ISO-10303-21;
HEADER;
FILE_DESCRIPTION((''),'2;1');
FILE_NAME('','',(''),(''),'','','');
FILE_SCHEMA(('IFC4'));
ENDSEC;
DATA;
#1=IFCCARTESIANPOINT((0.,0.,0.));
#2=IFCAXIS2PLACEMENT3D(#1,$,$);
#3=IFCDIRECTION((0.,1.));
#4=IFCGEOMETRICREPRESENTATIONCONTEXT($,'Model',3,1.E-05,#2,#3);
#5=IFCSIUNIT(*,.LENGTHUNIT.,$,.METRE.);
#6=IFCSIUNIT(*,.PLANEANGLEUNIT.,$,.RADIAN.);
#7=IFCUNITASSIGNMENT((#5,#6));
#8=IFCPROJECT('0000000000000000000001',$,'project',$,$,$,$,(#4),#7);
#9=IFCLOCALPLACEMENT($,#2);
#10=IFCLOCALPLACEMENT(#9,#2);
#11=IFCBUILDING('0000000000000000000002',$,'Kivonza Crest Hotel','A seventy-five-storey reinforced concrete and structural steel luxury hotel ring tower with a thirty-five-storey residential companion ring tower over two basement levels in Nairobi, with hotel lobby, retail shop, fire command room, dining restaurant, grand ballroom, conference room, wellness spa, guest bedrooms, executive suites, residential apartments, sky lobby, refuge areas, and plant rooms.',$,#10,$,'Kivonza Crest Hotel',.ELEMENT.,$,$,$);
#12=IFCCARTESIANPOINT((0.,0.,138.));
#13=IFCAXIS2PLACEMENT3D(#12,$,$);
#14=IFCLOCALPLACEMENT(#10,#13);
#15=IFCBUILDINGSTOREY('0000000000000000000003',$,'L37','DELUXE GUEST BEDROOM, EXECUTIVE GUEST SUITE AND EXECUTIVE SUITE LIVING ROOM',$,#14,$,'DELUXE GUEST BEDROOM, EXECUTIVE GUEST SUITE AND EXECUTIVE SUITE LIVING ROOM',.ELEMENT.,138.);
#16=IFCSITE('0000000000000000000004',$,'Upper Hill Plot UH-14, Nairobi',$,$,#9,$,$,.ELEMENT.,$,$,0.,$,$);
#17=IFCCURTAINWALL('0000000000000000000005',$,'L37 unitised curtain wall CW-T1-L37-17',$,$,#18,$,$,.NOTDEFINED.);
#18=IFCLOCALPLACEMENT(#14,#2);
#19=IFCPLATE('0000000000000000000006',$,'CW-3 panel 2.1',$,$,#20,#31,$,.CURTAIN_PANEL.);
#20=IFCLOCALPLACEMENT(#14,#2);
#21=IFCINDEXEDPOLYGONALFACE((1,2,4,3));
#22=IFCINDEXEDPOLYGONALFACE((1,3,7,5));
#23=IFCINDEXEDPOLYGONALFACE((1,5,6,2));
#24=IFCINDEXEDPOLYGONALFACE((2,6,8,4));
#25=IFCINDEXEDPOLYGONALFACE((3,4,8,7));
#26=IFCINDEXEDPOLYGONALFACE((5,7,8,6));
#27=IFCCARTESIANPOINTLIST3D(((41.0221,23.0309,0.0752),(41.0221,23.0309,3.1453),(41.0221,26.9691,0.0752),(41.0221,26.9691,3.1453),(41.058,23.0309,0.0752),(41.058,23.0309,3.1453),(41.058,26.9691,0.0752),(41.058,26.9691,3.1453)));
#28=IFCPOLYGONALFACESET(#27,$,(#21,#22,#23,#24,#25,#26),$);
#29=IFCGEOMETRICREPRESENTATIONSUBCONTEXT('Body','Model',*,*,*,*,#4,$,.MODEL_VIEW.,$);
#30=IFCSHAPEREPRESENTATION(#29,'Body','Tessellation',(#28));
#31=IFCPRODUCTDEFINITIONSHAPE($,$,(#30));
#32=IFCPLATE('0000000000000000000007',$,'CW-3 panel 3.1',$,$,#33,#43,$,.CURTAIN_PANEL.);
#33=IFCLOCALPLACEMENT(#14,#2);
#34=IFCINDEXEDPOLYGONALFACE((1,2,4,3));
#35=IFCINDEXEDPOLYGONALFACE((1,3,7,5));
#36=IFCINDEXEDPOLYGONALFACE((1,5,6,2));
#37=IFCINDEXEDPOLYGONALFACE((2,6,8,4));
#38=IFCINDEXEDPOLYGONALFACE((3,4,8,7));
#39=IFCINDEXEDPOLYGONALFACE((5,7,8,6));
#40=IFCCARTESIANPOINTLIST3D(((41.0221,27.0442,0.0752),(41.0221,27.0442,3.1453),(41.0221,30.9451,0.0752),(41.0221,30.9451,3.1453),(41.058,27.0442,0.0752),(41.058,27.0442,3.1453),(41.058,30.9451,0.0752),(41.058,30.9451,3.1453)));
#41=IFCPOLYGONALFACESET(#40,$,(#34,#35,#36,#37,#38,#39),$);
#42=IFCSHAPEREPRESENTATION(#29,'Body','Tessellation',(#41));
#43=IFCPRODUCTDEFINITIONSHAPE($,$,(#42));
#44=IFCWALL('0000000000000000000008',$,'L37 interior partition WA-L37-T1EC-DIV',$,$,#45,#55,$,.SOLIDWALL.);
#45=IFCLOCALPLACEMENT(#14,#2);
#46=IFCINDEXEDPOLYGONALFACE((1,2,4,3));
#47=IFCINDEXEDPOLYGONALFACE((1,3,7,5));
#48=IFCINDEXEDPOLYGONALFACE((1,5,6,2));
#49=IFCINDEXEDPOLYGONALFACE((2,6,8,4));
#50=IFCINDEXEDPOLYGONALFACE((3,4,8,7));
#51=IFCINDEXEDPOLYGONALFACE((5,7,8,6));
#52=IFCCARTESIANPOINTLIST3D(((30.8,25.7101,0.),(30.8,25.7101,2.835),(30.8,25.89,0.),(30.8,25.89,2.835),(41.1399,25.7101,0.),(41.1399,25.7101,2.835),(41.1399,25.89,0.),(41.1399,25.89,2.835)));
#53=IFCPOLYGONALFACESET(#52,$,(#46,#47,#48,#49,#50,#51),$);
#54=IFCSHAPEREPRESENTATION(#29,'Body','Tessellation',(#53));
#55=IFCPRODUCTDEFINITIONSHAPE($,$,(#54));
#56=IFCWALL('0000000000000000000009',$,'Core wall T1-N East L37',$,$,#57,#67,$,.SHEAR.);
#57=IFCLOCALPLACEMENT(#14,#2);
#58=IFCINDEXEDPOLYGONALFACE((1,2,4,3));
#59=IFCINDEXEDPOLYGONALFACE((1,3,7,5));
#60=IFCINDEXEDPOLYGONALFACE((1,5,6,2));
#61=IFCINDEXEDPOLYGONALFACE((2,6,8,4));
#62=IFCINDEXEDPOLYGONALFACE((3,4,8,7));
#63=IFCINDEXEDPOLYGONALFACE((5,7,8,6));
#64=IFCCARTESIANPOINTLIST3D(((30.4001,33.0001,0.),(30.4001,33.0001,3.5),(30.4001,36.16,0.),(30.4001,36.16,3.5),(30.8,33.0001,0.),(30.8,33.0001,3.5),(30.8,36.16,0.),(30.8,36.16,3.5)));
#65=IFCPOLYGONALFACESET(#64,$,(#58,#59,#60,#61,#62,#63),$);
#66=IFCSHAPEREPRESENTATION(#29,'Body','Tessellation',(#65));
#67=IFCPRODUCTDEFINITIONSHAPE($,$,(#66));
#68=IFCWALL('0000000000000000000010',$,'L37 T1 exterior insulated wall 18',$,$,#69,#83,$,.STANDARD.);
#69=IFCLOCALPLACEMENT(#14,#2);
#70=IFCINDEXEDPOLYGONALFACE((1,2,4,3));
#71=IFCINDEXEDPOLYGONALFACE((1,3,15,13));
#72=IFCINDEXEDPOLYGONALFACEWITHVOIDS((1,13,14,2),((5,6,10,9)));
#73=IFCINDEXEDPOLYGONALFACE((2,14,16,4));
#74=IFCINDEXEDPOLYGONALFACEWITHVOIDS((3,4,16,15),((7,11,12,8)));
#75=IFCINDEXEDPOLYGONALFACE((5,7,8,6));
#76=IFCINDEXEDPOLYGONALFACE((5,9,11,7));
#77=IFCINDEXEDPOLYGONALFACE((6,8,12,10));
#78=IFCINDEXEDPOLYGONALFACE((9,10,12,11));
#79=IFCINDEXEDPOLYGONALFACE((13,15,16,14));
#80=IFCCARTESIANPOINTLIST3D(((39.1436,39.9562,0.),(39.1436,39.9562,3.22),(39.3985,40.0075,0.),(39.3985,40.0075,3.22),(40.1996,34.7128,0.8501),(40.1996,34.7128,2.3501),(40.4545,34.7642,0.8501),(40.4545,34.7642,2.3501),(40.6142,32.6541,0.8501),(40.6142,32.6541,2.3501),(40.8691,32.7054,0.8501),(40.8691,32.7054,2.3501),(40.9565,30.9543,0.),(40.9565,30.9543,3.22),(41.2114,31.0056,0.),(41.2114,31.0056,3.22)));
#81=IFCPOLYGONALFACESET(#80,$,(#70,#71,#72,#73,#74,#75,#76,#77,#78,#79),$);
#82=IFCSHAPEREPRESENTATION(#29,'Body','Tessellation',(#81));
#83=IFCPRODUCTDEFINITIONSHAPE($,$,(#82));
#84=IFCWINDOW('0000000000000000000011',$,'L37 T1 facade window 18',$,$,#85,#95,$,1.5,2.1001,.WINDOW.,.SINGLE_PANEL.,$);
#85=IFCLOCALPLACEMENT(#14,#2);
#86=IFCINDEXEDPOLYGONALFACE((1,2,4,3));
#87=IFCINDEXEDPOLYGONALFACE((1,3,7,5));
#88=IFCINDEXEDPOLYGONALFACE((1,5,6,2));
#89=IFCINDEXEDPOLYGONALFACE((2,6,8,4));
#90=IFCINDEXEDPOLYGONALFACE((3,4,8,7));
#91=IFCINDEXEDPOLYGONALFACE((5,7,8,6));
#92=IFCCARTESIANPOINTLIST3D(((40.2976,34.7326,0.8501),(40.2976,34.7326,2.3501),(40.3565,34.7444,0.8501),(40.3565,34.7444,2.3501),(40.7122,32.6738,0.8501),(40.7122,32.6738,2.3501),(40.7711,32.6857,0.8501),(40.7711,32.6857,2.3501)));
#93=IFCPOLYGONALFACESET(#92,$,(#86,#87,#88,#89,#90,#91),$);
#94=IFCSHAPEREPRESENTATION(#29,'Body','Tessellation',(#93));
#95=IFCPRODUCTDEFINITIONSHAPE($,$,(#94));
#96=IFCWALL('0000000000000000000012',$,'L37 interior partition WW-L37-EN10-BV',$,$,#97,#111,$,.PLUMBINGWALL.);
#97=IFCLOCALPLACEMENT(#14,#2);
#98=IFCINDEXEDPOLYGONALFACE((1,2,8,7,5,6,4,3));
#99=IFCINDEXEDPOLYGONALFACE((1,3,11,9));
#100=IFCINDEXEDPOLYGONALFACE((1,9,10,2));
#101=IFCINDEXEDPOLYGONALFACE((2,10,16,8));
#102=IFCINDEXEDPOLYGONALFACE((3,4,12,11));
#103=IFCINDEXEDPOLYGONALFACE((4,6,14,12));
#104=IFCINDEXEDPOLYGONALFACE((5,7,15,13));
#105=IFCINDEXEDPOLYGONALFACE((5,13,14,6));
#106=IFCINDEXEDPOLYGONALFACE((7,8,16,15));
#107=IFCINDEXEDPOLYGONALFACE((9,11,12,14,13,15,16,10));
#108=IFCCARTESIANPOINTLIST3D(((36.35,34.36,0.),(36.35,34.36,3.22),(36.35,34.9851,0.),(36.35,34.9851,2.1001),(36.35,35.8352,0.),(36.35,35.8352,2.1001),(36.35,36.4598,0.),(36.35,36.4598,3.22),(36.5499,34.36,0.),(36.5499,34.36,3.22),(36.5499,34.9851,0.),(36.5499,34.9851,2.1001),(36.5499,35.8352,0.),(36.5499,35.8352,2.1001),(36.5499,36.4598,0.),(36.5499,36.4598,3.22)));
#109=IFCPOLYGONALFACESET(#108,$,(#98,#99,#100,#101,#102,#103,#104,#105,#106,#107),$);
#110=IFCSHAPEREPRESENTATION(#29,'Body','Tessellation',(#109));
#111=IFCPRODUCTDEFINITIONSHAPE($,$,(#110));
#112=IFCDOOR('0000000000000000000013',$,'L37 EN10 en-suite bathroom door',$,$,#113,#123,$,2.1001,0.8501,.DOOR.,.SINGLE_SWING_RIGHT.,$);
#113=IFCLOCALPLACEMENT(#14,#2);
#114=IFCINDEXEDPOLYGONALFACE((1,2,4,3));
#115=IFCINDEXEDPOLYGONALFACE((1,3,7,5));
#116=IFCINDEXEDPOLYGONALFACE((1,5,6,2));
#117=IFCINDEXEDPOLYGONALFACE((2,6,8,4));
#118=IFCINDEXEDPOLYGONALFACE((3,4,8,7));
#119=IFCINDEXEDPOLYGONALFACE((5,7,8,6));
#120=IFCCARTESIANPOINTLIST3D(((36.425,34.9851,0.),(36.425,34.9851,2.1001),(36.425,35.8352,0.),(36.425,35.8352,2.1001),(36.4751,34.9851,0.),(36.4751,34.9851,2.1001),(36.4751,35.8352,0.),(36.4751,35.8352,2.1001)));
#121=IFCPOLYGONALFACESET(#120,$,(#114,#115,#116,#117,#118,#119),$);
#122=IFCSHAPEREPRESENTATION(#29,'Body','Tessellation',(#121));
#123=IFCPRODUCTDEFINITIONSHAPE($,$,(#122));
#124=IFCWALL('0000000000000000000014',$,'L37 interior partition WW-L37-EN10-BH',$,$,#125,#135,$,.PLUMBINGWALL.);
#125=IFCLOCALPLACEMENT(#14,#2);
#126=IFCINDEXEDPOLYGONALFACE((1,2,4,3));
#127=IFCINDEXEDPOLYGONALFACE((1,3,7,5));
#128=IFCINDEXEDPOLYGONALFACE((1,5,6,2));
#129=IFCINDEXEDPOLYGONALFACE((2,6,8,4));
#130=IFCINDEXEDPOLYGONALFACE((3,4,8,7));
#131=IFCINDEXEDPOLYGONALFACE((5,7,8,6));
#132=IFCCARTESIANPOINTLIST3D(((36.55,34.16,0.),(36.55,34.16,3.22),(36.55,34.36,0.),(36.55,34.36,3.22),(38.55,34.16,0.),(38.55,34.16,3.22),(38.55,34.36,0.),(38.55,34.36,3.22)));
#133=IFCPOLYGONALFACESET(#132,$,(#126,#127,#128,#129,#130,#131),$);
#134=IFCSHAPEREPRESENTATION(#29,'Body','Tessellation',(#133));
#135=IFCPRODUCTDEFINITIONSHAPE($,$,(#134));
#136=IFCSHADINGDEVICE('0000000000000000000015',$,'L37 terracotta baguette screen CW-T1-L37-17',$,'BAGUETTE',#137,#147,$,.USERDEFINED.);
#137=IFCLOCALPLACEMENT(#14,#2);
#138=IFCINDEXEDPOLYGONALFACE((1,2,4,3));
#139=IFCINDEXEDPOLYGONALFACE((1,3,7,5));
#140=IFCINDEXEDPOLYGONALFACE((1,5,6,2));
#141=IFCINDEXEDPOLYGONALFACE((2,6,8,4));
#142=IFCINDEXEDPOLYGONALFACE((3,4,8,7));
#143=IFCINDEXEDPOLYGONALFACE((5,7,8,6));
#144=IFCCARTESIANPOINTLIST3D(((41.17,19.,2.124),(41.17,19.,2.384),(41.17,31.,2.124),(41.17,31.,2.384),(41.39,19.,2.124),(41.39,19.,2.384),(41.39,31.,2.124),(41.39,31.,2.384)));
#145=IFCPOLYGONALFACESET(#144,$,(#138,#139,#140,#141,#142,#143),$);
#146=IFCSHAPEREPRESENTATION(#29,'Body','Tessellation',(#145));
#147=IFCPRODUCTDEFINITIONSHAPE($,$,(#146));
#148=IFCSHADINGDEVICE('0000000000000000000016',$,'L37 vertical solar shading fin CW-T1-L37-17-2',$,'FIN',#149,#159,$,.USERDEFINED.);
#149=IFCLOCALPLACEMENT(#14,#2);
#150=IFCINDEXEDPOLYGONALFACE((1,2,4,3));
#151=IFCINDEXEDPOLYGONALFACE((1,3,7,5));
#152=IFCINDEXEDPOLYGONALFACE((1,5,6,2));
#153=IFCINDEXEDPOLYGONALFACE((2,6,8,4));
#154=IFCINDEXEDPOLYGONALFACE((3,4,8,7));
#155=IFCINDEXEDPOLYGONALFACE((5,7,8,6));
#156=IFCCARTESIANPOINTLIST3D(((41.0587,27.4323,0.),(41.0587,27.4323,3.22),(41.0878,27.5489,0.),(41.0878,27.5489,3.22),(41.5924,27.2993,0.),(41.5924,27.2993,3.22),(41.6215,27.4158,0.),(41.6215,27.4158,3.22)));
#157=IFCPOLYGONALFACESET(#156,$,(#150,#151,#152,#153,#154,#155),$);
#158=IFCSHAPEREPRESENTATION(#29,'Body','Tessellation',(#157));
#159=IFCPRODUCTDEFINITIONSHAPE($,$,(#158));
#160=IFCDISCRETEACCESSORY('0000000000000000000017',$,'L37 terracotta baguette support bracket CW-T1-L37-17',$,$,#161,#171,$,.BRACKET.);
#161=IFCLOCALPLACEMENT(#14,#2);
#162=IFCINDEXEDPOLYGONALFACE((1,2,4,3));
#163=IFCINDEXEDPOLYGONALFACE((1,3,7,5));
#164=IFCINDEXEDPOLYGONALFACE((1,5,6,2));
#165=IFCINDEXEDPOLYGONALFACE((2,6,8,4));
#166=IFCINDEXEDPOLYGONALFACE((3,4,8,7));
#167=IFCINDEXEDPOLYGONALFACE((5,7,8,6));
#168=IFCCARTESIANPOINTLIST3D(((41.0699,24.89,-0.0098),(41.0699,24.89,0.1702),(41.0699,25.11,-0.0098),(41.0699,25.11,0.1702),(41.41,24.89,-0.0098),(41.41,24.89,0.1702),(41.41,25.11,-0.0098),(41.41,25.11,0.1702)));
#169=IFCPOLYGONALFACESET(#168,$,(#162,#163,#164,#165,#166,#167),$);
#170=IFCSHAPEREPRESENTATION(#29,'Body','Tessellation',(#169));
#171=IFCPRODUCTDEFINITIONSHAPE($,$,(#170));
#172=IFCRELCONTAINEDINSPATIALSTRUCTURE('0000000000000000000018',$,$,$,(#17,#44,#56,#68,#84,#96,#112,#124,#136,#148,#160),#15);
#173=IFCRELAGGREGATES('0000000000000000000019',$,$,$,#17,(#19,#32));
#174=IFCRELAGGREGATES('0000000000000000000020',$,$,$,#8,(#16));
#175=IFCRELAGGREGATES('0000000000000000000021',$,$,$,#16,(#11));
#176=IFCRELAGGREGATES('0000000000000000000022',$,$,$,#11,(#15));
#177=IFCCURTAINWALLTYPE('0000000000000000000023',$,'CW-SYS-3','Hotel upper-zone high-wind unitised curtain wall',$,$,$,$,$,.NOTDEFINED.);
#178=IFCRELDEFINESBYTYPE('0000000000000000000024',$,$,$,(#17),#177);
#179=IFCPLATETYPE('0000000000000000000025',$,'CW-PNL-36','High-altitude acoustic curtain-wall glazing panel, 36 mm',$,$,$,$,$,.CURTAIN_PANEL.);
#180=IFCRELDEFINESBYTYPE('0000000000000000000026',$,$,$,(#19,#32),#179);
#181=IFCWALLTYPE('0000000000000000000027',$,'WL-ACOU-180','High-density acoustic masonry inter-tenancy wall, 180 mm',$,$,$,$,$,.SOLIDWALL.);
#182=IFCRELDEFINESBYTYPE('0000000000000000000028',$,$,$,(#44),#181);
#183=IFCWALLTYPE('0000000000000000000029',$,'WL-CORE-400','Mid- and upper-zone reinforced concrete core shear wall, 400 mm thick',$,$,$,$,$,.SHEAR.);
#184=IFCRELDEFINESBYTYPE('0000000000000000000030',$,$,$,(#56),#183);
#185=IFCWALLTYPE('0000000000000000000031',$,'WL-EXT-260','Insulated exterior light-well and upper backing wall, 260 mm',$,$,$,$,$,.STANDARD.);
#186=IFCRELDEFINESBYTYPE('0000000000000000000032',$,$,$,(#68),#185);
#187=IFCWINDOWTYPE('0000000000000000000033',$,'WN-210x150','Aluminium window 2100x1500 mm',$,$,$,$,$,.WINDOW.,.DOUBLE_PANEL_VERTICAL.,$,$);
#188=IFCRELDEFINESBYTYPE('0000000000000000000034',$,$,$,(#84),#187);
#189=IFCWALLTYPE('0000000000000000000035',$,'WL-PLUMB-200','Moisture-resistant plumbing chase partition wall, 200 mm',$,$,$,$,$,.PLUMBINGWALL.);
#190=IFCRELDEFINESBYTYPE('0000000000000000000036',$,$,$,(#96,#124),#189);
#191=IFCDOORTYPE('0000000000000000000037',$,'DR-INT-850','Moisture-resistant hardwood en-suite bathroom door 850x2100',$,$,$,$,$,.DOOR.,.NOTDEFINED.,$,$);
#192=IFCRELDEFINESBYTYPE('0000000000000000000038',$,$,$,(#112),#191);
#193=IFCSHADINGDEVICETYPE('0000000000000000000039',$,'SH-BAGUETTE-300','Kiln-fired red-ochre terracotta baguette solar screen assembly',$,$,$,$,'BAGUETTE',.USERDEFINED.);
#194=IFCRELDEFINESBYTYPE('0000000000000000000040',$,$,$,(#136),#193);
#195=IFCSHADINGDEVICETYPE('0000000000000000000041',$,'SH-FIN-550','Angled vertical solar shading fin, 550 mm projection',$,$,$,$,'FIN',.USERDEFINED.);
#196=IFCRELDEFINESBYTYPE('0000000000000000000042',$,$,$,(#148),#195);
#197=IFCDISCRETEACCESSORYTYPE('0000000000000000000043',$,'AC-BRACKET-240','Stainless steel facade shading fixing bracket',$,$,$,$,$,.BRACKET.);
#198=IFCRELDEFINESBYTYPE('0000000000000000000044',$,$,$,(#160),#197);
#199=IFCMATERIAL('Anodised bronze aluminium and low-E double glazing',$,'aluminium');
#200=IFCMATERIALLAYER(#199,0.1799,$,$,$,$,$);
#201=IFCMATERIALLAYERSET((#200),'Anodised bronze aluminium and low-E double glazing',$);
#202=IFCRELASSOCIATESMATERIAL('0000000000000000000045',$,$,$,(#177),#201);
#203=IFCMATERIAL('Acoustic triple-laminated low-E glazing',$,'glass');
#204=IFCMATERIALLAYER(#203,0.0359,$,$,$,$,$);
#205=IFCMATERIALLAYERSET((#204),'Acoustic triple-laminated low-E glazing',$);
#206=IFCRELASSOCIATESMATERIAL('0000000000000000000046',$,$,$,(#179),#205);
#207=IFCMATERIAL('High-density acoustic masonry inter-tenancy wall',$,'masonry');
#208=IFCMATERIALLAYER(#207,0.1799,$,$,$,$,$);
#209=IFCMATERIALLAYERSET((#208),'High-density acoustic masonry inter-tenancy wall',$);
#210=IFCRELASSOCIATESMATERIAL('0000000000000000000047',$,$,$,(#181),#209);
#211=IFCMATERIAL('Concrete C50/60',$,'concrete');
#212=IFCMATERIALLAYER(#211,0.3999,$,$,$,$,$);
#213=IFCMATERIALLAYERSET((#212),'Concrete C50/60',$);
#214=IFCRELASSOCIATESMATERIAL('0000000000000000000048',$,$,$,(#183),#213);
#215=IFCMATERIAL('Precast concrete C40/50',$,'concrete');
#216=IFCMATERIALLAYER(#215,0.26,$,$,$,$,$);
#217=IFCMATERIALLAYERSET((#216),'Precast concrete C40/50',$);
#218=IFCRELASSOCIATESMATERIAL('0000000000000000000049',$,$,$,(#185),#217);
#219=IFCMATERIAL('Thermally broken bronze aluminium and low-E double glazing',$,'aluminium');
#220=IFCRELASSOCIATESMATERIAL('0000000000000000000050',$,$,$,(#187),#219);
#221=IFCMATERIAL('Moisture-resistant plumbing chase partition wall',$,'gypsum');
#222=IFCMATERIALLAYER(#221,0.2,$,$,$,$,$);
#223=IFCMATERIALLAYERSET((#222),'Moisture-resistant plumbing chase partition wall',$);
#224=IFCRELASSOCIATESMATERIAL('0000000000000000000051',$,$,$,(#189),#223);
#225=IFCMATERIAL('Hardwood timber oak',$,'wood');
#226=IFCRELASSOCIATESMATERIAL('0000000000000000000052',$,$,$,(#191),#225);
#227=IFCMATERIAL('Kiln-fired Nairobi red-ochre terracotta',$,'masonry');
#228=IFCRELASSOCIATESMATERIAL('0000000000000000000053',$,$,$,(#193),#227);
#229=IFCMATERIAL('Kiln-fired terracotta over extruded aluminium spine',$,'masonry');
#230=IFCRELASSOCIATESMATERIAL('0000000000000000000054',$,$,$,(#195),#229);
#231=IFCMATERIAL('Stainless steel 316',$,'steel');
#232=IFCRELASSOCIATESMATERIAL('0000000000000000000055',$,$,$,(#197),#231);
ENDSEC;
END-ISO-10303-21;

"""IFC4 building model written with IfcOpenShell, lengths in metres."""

from ifc_helpers import new_model, si_unit, direction, frame, frame_2d, origin, origin_2d, place, context, subcontext, project, spatial, rectangle, extrude, material, layer, layer_set, type_object, element, fill, aggregate, save


model = new_model("IFC4")

# Units and contexts
model_context = context("Model", 3, precision=1e-05, world=origin(), true_north=direction((0.0, 1.0)))
body_context = subcontext(model_context, "Body", "Model", "MODEL_VIEW")
ifc_project = project(units=[si_unit("LENGTHUNIT", "METRE"), si_unit("PLANEANGLEUNIT", "RADIAN")], contexts=[model_context])

# Site, building, storey
site_placement = place(None, origin())
site = spatial("IfcSite", under=ifc_project, at=site_placement, Name="Upper Hill Plot UH-14, Nairobi", CompositionType="ELEMENT", RefElevation=0.0)
building_placement = place(site_placement, origin())
building = spatial("IfcBuilding", under=site, at=building_placement, Name="Kivonza Crest Hotel", Description="A seventy-five-storey reinforced concrete and structural steel luxury hotel ring tower with a thirty-five-storey residential companion ring tower over two basement levels in Nairobi, with hotel lobby, retail shop, fire command room, dining restaurant, grand ballroom, conference room, wellness spa, guest bedrooms, executive suites, residential apartments, sky lobby, refuge areas, and plant rooms.", LongName="Kivonza Crest Hotel", CompositionType="ELEMENT")
storey_placement = place(building_placement, frame((0.0, 0.0, 138.0)))
storey = spatial("IfcBuildingStorey", under=building, at=storey_placement, Name="L37", Description="DELUXE GUEST BEDROOM, EXECUTIVE GUEST SUITE AND EXECUTIVE SUITE LIVING ROOM", LongName="DELUXE GUEST BEDROOM, EXECUTIVE GUEST SUITE AND EXECUTIVE SUITE LIVING ROOM", CompositionType="ELEMENT", Elevation=138.0)

# Shared definitions
ifc_material_1 = material(Name="Concrete C50/60", Category="concrete")

# Curtain wall, plates
ifc_material_2 = material(Name="Anodised bronze aluminium and low-E double glazing", Category="aluminium")
ifc_layer_1 = layer(ifc_material_2, 0.1799)
ifc_layer_set_1 = layer_set([ifc_layer_1], Name="Anodised bronze aluminium and low-E double glazing")
curtain_wall_type = type_object("IfcCurtainWallType", Name="CW-SYS-3", Description="Hotel upper-zone high-wind unitised curtain wall", PredefinedType="NOTDEFINED", material=ifc_layer_set_1)
curtain_wall_placement = place(storey_placement, origin())
curtain_wall = element("IfcCurtainWall", 1, at=curtain_wall_placement, inside=storey, type_object=curtain_wall_type, Name="L37 unitised curtain wall CW-T1-L37-17", PredefinedType="NOTDEFINED")
ifc_material_3 = material(Name="Acoustic triple-laminated low-E glazing", Category="glass")
ifc_layer_2 = layer(ifc_material_3, 0.0359)
ifc_layer_set_2 = layer_set([ifc_layer_2], Name="Acoustic triple-laminated low-E glazing")
plate_type = type_object("IfcPlateType", Name="CW-PNL-36", Description="High-altitude acoustic curtain-wall glazing panel, 36 mm", PredefinedType="CURTAIN_PANEL", material=ifc_layer_set_2)
plate_1_placement = place(storey_placement, frame((41.04, 25.0, 0.0752), z_axis=(0.0, 0.0, 1.0), x_axis=(0.0, 1.0, 0.0)))
plate_1 = element("IfcPlate", 2, at=plate_1_placement, type_object=plate_type, Name="CW-3 panel 2.1", PredefinedType="CURTAIN_PANEL", context=body_context, shape_type="SweptSolid", body=[
    extrude(rectangle(XDim=3.9382, YDim=0.0359, at=origin_2d()), origin(), (0.0, 0.0, 1.0), 3.0701),
])
plate_2_placement = place(storey_placement, frame((41.04, 28.9946, 0.0752), z_axis=(0.0, 0.0, 1.0), x_axis=(0.0, 1.0, 0.0)))
plate_2 = element("IfcPlate", 3, at=plate_2_placement, type_object=plate_type, Name="CW-3 panel 3.1", PredefinedType="CURTAIN_PANEL", context=body_context, shape_type="SweptSolid", body=[
    extrude(rectangle(XDim=3.9009, YDim=0.0359, at=origin_2d()), origin(), (0.0, 0.0, 1.0), 3.0701),
])
aggregate(curtain_wall, [plate_1, plate_2])

# Walls
ifc_material_4 = material(Name="High-density acoustic masonry inter-tenancy wall", Category="masonry")
ifc_layer_3 = layer(ifc_material_4, 0.1799)
ifc_layer_set_3 = layer_set([ifc_layer_3], Name="High-density acoustic masonry inter-tenancy wall")
wall_type_1 = type_object("IfcWallType", Name="WL-ACOU-180", Description="High-density acoustic masonry inter-tenancy wall, 180 mm", PredefinedType="SOLIDWALL", material=ifc_layer_set_3)
wall_1_placement = place(storey_placement, frame((30.8, 25.8, 0.0), z_axis=(0.0, 0.0, 1.0), x_axis=(1.0, 0.0, 0.0)))
element("IfcWall", 4, at=wall_1_placement, inside=storey, type_object=wall_type_1, Name="L37 interior partition WA-L37-T1EC-DIV", PredefinedType="SOLIDWALL", context=body_context, shape_type="SweptSolid", body=[
    extrude(rectangle(XDim=10.3398, YDim=0.1799, at=frame_2d((5.1699, 0.0))), origin(), (0.0, 0.0, 1.0), 2.835),
])
ifc_layer_4 = layer(ifc_material_1, 0.3999)
ifc_layer_set_4 = layer_set([ifc_layer_4], Name="Concrete C50/60")
wall_type_2 = type_object("IfcWallType", Name="WL-CORE-400", Description="Mid- and upper-zone reinforced concrete core shear wall, 400 mm thick", PredefinedType="SHEAR", material=ifc_layer_set_4)
wall_2_placement = place(storey_placement, frame((30.6001, 33.0, 0.0), z_axis=(0.0, 0.0, 1.0), x_axis=(0.0, 1.0, 0.0)))
element("IfcWall", 5, at=wall_2_placement, inside=storey, type_object=wall_type_2, Name="Core wall T1-N East L37", PredefinedType="SHEAR", context=body_context, shape_type="SweptSolid", body=[
    extrude(rectangle(XDim=3.1599, YDim=0.3999, at=frame_2d((1.5801, 0.0))), origin(), (0.0, 0.0, 1.0), 3.5),
])

# Wall, opening, window
ifc_material_5 = material(Name="Precast concrete C40/50", Category="concrete")
ifc_layer_5 = layer(ifc_material_5, 0.26)
ifc_layer_set_5 = layer_set([ifc_layer_5], Name="Precast concrete C40/50")
wall_type_3 = type_object("IfcWallType", Name="WL-EXT-260", Description="Insulated exterior light-well and upper backing wall, 260 mm", PredefinedType="STANDARD", material=ifc_layer_set_5)
wall_3_placement = place(storey_placement, frame((41.084, 30.98, 0.0), z_axis=(0.0, 0.0, 1.0), x_axis=(-0.197435, 0.980316, 0.0)))
wall_3 = element("IfcWall", 6, at=wall_3_placement, inside=storey, type_object=wall_type_3, Name="L37 T1 exterior insulated wall 18", PredefinedType="STANDARD", context=body_context, shape_type="SweptSolid", body=[
    extrude(rectangle(XDim=9.1826, YDim=0.26, at=frame_2d((4.5913, 0.0))), origin(), (0.0, 0.0, 1.0), 3.22),
])
opening_1_placement = place(wall_3_placement, frame((1.7339, 0.0, 0.8501)))
opening_1 = element("IfcOpeningElement", 7, at=opening_1_placement, cuts=wall_3, PredefinedType="OPENING", context=body_context, shape_type="SweptSolid", body=[
    extrude(rectangle(XDim=2.1001, YDim=1.5, at=frame_2d((1.05, 0.75))), frame((0.0, 0.1401, 0.0), z_axis=(0.0, -1.0, 0.0), x_axis=(1.0, 0.0, 0.0)), (0.0, 0.0, 1.0), 0.28),
])
ifc_material_6 = material(Name="Thermally broken bronze aluminium and low-E double glazing", Category="aluminium")
window_type = type_object("IfcWindowType", Name="WN-210x150", Description="Aluminium window 2100x1500 mm", PartitioningType="DOUBLE_PANEL_VERTICAL", PredefinedType="WINDOW", material=ifc_material_6)
window_placement = place(opening_1_placement, origin())
window = element("IfcWindow", 8, at=window_placement, inside=storey, type_object=window_type, Name="L37 T1 facade window 18", OverallHeight=1.5, OverallWidth=2.1001, PartitioningType="SINGLE_PANEL", PredefinedType="WINDOW", context=body_context, shape_type="SweptSolid", body=[
    extrude(rectangle(XDim=2.1001, YDim=1.5, at=frame_2d((1.05, 0.75))), frame((0.0, 0.03, 0.0), z_axis=(0.0, -1.0, 0.0), x_axis=(1.0, 0.0, 0.0)), (0.0, 0.0, 1.0), 0.0601),
])
fill(opening_1, window)

# Wall, opening, door
ifc_material_7 = material(Name="Moisture-resistant plumbing chase partition wall", Category="gypsum")
ifc_layer_6 = layer(ifc_material_7, 0.2)
ifc_layer_set_6 = layer_set([ifc_layer_6], Name="Moisture-resistant plumbing chase partition wall")
wall_type_4 = type_object("IfcWallType", Name="WL-PLUMB-200", Description="Moisture-resistant plumbing chase partition wall, 200 mm", PredefinedType="PLUMBINGWALL", material=ifc_layer_set_6)
wall_4_placement = place(storey_placement, frame((36.45, 34.3601, 0.0), z_axis=(0.0, 0.0, 1.0), x_axis=(0.0, 1.0, 0.0)))
wall_4 = element("IfcWall", 9, at=wall_4_placement, inside=storey, type_object=wall_type_4, Name="L37 interior partition WW-L37-EN10-BV", PredefinedType="PLUMBINGWALL", context=body_context, shape_type="SweptSolid", body=[
    extrude(rectangle(XDim=2.0999, YDim=0.2, at=frame_2d((1.0498, 0.0))), origin(), (0.0, 0.0, 1.0), 3.22),
])
opening_2_placement = place(wall_4_placement, frame((0.625, 0.0, 0.0)))
opening_2 = element("IfcOpeningElement", 10, at=opening_2_placement, cuts=wall_4, PredefinedType="OPENING", context=body_context, shape_type="SweptSolid", body=[
    extrude(rectangle(XDim=0.8501, YDim=2.1001, at=frame_2d((0.425, 1.05))), frame((0.0, 0.1099, 0.0), z_axis=(0.0, -1.0, 0.0), x_axis=(1.0, 0.0, 0.0)), (0.0, 0.0, 1.0), 0.22),
])
ifc_material_8 = material(Name="Hardwood timber oak", Category="wood")
door_type = type_object("IfcDoorType", Name="DR-INT-850", Description="Moisture-resistant hardwood en-suite bathroom door 850x2100", OperationType="NOTDEFINED", PredefinedType="DOOR", material=ifc_material_8)
door_placement = place(opening_2_placement, origin())
door = element("IfcDoor", 11, at=door_placement, inside=storey, type_object=door_type, Name="L37 EN10 en-suite bathroom door", OperationType="SINGLE_SWING_RIGHT", OverallHeight=2.1001, OverallWidth=0.8501, PredefinedType="DOOR", context=body_context, shape_type="SweptSolid", body=[
    extrude(rectangle(XDim=0.8501, YDim=2.1001, at=frame_2d((0.425, 1.05))), frame((0.0, 0.0249, 0.0), z_axis=(0.0, -1.0, 0.0), x_axis=(1.0, 0.0, 0.0)), (0.0, 0.0, 1.0), 0.05),
])
fill(opening_2, door)

# Wall
wall_5_placement = place(storey_placement, frame((36.55, 34.26, 0.0), z_axis=(0.0, 0.0, 1.0), x_axis=(1.0, 0.0, 0.0)))
element("IfcWall", 12, at=wall_5_placement, inside=storey, type_object=wall_type_4, Name="L37 interior partition WW-L37-EN10-BH", PredefinedType="PLUMBINGWALL", context=body_context, shape_type="SweptSolid", body=[
    extrude(rectangle(XDim=2.0, YDim=0.2, at=frame_2d((1.0, 0.0))), origin(), (0.0, 0.0, 1.0), 3.22),
])

# Shading devices
ifc_material_9 = material(Name="Kiln-fired Nairobi red-ochre terracotta", Category="masonry")
shading_device_type_1 = type_object("IfcShadingDeviceType", Name="SH-BAGUETTE-300", Description="Kiln-fired red-ochre terracotta baguette solar screen assembly", ElementType="BAGUETTE", PredefinedType="USERDEFINED", material=ifc_material_9)
shading_device_1_placement = place(storey_placement, frame((41.28, 25.0, 2.124), z_axis=(0.0, 0.0, 1.0), x_axis=(0.0, 1.0, 0.0)))
element("IfcShadingDevice", 13, at=shading_device_1_placement, inside=storey, type_object=shading_device_type_1, Name="L37 terracotta baguette screen CW-T1-L37-17", ObjectType="BAGUETTE", PredefinedType="USERDEFINED", context=body_context, shape_type="SweptSolid", body=[
    extrude(rectangle(XDim=12.0, YDim=0.22, at=origin_2d()), origin(), (0.0, 0.0, 1.0), 0.26),
])
ifc_material_10 = material(Name="Kiln-fired terracotta over extruded aluminium spine", Category="masonry")
shading_device_type_2 = type_object("IfcShadingDeviceType", Name="SH-FIN-550", Description="Angled vertical solar shading fin, 550 mm projection", ElementType="FIN", PredefinedType="USERDEFINED", material=ifc_material_10)
shading_device_2_placement = place(storey_placement, frame((41.3401, 27.4241, 0.0), z_axis=(0.0, 0.0, 1.0), x_axis=(0.241922, 0.970296, 0.0)))
element("IfcShadingDevice", 14, at=shading_device_2_placement, inside=storey, type_object=shading_device_type_2, Name="L37 vertical solar shading fin CW-T1-L37-17-2", ObjectType="FIN", PredefinedType="USERDEFINED", context=body_context, shape_type="SweptSolid", body=[
    extrude(rectangle(XDim=0.1201, YDim=0.55, at=origin_2d()), origin(), (0.0, 0.0, 1.0), 3.22),
])

# Discrete accessory
ifc_material_11 = material(Name="Stainless steel 316", Category="steel")
discrete_accessory_type = type_object("IfcDiscreteAccessoryType", Name="AC-BRACKET-240", Description="Stainless steel facade shading fixing bracket", PredefinedType="BRACKET", material=ifc_material_11)
discrete_accessory_placement = place(storey_placement, frame((41.24, 25.0, -0.0098), z_axis=(0.0, 0.0, 1.0), x_axis=(0.0, 1.0, 0.0)))
element("IfcDiscreteAccessory", 15, at=discrete_accessory_placement, inside=storey, type_object=discrete_accessory_type, Name="L37 terracotta baguette support bracket CW-T1-L37-17", PredefinedType="BRACKET", context=body_context, shape_type="SweptSolid", body=[
    extrude(rectangle(XDim=0.22, YDim=0.3401, at=origin_2d()), origin(), (0.0, 0.0, 1.0), 0.1799),
])

save(model, "model.ifc")
